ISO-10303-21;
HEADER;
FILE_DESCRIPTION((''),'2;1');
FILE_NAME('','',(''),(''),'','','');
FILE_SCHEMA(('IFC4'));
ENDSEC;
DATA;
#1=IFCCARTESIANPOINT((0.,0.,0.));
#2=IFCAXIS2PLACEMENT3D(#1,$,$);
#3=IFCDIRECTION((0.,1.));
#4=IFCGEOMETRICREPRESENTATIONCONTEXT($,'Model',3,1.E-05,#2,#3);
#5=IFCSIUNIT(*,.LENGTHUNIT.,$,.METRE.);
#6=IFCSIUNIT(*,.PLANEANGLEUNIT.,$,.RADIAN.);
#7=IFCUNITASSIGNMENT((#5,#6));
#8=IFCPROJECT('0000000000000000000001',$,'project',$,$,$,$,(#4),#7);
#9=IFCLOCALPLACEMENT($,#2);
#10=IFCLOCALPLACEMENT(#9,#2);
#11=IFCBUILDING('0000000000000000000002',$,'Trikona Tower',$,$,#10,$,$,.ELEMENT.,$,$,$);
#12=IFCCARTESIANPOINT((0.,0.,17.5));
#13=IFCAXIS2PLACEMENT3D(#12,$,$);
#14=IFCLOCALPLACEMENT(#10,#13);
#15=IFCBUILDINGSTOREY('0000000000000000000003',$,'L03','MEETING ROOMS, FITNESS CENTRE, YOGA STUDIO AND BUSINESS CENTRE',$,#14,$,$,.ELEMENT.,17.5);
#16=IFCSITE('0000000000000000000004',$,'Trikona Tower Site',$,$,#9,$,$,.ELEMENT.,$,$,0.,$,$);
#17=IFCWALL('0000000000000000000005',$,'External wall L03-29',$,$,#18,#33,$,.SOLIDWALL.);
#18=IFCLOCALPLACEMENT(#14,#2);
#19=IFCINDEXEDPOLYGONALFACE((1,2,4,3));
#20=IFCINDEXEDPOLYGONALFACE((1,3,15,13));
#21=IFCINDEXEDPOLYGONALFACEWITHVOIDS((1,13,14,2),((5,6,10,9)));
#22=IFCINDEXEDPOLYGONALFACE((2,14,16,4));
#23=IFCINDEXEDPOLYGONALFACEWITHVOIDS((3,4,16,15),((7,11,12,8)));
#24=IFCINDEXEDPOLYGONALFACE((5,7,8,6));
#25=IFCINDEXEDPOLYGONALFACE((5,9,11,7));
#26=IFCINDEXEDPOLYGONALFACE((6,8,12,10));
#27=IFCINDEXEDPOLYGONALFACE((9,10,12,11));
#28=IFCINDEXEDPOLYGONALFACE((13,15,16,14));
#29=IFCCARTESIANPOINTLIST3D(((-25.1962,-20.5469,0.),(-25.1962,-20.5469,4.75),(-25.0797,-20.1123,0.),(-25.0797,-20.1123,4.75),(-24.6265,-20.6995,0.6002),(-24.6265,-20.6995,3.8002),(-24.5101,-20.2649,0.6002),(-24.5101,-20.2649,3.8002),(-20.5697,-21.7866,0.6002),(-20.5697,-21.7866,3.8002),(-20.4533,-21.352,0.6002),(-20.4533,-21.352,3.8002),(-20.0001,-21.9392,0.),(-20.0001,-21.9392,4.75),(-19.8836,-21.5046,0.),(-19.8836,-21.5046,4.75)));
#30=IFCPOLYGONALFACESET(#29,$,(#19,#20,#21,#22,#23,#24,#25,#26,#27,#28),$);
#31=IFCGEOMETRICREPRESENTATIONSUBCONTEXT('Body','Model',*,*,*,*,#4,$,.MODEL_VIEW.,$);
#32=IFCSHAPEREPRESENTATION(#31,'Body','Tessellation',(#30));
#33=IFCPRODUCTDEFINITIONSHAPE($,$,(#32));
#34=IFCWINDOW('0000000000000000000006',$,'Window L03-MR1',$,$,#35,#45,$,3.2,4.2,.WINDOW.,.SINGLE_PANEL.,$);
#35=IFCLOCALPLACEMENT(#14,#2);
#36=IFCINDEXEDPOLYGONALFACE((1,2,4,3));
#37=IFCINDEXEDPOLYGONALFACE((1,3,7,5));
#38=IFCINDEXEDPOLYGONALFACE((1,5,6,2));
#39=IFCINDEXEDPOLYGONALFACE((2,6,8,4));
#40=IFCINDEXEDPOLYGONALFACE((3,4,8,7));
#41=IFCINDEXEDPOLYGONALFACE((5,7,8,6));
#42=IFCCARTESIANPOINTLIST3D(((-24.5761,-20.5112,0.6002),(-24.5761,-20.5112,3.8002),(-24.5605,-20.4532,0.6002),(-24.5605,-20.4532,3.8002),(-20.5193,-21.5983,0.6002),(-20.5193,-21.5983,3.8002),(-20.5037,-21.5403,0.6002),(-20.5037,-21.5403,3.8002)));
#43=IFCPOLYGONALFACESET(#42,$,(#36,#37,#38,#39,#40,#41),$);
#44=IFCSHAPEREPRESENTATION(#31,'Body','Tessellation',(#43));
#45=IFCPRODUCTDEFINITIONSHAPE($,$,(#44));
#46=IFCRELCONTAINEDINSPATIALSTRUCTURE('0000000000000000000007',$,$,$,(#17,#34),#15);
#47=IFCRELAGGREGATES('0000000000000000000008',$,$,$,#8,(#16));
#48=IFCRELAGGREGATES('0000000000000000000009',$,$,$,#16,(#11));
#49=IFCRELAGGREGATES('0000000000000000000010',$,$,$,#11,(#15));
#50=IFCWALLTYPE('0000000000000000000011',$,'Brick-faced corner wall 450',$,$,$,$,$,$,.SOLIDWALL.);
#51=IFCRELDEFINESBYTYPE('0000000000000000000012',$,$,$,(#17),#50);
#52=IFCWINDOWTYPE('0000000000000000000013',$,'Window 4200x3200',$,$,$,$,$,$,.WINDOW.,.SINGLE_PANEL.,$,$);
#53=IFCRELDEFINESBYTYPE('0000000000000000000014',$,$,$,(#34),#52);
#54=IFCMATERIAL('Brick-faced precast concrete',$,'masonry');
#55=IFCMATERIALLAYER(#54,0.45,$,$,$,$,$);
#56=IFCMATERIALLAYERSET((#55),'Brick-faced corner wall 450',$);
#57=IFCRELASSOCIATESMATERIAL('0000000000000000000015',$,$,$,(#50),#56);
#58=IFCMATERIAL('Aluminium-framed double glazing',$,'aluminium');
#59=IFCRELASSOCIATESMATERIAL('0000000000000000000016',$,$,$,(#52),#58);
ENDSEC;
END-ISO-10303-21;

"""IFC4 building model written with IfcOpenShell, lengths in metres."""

from ifc_helpers import new_model, si_unit, direction, frame, frame_2d, origin, place, context, subcontext, project, spatial, rectangle, extrude, material, layer, layer_set, type_object, element, fill, save


model = new_model("IFC4")

# Units and contexts
model_context = context("Model", 3, precision=1e-05, world=origin(), true_north=direction((0.0, 1.0)))
body_context = subcontext(model_context, "Body", "Model", "MODEL_VIEW")
ifc_project = project(units=[si_unit("LENGTHUNIT", "METRE"), si_unit("PLANEANGLEUNIT", "RADIAN")], contexts=[model_context])

# Site, building, storey
site_placement = place(None, origin())
site = spatial("IfcSite", under=ifc_project, at=site_placement, Name="Trikona Tower Site", CompositionType="ELEMENT", RefElevation=0.0)
building_placement = place(site_placement, origin())
building = spatial("IfcBuilding", under=site, at=building_placement, Name="Trikona Tower", CompositionType="ELEMENT")
storey_placement = place(building_placement, frame((0.0, 0.0, 17.5)))
storey = spatial("IfcBuildingStorey", under=building, at=storey_placement, Name="L03", Description="MEETING ROOMS, FITNESS CENTRE, YOGA STUDIO AND BUSINESS CENTRE", CompositionType="ELEMENT", Elevation=17.5)

# Wall, opening, window
ifc_material_1 = material(Name="Brick-faced precast concrete", Category="masonry")
ifc_layer_1 = layer(ifc_material_1, 0.45)
ifc_layer_set_1 = layer_set([ifc_layer_1], Name="Brick-faced corner wall 450")
wall_type = type_object("IfcWallType", Name="Brick-faced corner wall 450", PredefinedType="SOLIDWALL", material=ifc_layer_set_1)
wall_1_placement = place(storey_placement, frame((-25.1379, -20.3296, 0.0), z_axis=(0.0, 0.0, 1.0), x_axis=(0.965923, -0.258829, 0.0)))
wall_1 = element("IfcWall", 1, at=wall_1_placement, inside=storey, type_object=wall_type, Name="External wall L03-29", PredefinedType="SOLIDWALL", context=body_context, shape_type="SweptSolid", body=[
    extrude(rectangle(XDim=5.3794, YDim=0.45, at=frame_2d((2.6897, 0.0))), origin(), (0.0, 0.0, 1.0), 4.75),
])
opening_1_placement = place(wall_1_placement, frame((0.5896, 0.0, 0.6001)))
opening_1 = element("IfcOpeningElement", 2, at=opening_1_placement, cuts=wall_1, PredefinedType="OPENING", context=body_context, shape_type="SweptSolid", body=[
    extrude(rectangle(XDim=4.2, YDim=3.2, at=frame_2d((2.1001, 1.6001))), frame((0.0, 0.2349, 0.0), z_axis=(0.0, -1.0, 0.0), x_axis=(1.0, 0.0, 0.0)), (0.0, 0.0, 1.0), 0.47),
])
ifc_material_2 = material(Name="Aluminium-framed double glazing", Category="aluminium")
window_type_1 = type_object("IfcWindowType", Name="Window 4200x3200", PartitioningType="SINGLE_PANEL", PredefinedType="WINDOW", material=ifc_material_2)
window_1_placement = place(opening_1_placement, origin())
window_1 = element("IfcWindow", 3, at=window_1_placement, inside=storey, type_object=window_type_1, Name="Window L03-MR1", OverallHeight=3.2, OverallWidth=4.2, PartitioningType="SINGLE_PANEL", PredefinedType="WINDOW", context=body_context, shape_type="SweptSolid", body=[
    extrude(rectangle(XDim=4.2, YDim=3.2, at=frame_2d((2.1001, 1.6001))), frame((0.0, 0.03, 0.0), z_axis=(0.0, -1.0, 0.0), x_axis=(1.0, 0.0, 0.0)), (0.0, 0.0, 1.0), 0.0601),
])
fill(opening_1, window_1)

save(model, "model.ifc")
